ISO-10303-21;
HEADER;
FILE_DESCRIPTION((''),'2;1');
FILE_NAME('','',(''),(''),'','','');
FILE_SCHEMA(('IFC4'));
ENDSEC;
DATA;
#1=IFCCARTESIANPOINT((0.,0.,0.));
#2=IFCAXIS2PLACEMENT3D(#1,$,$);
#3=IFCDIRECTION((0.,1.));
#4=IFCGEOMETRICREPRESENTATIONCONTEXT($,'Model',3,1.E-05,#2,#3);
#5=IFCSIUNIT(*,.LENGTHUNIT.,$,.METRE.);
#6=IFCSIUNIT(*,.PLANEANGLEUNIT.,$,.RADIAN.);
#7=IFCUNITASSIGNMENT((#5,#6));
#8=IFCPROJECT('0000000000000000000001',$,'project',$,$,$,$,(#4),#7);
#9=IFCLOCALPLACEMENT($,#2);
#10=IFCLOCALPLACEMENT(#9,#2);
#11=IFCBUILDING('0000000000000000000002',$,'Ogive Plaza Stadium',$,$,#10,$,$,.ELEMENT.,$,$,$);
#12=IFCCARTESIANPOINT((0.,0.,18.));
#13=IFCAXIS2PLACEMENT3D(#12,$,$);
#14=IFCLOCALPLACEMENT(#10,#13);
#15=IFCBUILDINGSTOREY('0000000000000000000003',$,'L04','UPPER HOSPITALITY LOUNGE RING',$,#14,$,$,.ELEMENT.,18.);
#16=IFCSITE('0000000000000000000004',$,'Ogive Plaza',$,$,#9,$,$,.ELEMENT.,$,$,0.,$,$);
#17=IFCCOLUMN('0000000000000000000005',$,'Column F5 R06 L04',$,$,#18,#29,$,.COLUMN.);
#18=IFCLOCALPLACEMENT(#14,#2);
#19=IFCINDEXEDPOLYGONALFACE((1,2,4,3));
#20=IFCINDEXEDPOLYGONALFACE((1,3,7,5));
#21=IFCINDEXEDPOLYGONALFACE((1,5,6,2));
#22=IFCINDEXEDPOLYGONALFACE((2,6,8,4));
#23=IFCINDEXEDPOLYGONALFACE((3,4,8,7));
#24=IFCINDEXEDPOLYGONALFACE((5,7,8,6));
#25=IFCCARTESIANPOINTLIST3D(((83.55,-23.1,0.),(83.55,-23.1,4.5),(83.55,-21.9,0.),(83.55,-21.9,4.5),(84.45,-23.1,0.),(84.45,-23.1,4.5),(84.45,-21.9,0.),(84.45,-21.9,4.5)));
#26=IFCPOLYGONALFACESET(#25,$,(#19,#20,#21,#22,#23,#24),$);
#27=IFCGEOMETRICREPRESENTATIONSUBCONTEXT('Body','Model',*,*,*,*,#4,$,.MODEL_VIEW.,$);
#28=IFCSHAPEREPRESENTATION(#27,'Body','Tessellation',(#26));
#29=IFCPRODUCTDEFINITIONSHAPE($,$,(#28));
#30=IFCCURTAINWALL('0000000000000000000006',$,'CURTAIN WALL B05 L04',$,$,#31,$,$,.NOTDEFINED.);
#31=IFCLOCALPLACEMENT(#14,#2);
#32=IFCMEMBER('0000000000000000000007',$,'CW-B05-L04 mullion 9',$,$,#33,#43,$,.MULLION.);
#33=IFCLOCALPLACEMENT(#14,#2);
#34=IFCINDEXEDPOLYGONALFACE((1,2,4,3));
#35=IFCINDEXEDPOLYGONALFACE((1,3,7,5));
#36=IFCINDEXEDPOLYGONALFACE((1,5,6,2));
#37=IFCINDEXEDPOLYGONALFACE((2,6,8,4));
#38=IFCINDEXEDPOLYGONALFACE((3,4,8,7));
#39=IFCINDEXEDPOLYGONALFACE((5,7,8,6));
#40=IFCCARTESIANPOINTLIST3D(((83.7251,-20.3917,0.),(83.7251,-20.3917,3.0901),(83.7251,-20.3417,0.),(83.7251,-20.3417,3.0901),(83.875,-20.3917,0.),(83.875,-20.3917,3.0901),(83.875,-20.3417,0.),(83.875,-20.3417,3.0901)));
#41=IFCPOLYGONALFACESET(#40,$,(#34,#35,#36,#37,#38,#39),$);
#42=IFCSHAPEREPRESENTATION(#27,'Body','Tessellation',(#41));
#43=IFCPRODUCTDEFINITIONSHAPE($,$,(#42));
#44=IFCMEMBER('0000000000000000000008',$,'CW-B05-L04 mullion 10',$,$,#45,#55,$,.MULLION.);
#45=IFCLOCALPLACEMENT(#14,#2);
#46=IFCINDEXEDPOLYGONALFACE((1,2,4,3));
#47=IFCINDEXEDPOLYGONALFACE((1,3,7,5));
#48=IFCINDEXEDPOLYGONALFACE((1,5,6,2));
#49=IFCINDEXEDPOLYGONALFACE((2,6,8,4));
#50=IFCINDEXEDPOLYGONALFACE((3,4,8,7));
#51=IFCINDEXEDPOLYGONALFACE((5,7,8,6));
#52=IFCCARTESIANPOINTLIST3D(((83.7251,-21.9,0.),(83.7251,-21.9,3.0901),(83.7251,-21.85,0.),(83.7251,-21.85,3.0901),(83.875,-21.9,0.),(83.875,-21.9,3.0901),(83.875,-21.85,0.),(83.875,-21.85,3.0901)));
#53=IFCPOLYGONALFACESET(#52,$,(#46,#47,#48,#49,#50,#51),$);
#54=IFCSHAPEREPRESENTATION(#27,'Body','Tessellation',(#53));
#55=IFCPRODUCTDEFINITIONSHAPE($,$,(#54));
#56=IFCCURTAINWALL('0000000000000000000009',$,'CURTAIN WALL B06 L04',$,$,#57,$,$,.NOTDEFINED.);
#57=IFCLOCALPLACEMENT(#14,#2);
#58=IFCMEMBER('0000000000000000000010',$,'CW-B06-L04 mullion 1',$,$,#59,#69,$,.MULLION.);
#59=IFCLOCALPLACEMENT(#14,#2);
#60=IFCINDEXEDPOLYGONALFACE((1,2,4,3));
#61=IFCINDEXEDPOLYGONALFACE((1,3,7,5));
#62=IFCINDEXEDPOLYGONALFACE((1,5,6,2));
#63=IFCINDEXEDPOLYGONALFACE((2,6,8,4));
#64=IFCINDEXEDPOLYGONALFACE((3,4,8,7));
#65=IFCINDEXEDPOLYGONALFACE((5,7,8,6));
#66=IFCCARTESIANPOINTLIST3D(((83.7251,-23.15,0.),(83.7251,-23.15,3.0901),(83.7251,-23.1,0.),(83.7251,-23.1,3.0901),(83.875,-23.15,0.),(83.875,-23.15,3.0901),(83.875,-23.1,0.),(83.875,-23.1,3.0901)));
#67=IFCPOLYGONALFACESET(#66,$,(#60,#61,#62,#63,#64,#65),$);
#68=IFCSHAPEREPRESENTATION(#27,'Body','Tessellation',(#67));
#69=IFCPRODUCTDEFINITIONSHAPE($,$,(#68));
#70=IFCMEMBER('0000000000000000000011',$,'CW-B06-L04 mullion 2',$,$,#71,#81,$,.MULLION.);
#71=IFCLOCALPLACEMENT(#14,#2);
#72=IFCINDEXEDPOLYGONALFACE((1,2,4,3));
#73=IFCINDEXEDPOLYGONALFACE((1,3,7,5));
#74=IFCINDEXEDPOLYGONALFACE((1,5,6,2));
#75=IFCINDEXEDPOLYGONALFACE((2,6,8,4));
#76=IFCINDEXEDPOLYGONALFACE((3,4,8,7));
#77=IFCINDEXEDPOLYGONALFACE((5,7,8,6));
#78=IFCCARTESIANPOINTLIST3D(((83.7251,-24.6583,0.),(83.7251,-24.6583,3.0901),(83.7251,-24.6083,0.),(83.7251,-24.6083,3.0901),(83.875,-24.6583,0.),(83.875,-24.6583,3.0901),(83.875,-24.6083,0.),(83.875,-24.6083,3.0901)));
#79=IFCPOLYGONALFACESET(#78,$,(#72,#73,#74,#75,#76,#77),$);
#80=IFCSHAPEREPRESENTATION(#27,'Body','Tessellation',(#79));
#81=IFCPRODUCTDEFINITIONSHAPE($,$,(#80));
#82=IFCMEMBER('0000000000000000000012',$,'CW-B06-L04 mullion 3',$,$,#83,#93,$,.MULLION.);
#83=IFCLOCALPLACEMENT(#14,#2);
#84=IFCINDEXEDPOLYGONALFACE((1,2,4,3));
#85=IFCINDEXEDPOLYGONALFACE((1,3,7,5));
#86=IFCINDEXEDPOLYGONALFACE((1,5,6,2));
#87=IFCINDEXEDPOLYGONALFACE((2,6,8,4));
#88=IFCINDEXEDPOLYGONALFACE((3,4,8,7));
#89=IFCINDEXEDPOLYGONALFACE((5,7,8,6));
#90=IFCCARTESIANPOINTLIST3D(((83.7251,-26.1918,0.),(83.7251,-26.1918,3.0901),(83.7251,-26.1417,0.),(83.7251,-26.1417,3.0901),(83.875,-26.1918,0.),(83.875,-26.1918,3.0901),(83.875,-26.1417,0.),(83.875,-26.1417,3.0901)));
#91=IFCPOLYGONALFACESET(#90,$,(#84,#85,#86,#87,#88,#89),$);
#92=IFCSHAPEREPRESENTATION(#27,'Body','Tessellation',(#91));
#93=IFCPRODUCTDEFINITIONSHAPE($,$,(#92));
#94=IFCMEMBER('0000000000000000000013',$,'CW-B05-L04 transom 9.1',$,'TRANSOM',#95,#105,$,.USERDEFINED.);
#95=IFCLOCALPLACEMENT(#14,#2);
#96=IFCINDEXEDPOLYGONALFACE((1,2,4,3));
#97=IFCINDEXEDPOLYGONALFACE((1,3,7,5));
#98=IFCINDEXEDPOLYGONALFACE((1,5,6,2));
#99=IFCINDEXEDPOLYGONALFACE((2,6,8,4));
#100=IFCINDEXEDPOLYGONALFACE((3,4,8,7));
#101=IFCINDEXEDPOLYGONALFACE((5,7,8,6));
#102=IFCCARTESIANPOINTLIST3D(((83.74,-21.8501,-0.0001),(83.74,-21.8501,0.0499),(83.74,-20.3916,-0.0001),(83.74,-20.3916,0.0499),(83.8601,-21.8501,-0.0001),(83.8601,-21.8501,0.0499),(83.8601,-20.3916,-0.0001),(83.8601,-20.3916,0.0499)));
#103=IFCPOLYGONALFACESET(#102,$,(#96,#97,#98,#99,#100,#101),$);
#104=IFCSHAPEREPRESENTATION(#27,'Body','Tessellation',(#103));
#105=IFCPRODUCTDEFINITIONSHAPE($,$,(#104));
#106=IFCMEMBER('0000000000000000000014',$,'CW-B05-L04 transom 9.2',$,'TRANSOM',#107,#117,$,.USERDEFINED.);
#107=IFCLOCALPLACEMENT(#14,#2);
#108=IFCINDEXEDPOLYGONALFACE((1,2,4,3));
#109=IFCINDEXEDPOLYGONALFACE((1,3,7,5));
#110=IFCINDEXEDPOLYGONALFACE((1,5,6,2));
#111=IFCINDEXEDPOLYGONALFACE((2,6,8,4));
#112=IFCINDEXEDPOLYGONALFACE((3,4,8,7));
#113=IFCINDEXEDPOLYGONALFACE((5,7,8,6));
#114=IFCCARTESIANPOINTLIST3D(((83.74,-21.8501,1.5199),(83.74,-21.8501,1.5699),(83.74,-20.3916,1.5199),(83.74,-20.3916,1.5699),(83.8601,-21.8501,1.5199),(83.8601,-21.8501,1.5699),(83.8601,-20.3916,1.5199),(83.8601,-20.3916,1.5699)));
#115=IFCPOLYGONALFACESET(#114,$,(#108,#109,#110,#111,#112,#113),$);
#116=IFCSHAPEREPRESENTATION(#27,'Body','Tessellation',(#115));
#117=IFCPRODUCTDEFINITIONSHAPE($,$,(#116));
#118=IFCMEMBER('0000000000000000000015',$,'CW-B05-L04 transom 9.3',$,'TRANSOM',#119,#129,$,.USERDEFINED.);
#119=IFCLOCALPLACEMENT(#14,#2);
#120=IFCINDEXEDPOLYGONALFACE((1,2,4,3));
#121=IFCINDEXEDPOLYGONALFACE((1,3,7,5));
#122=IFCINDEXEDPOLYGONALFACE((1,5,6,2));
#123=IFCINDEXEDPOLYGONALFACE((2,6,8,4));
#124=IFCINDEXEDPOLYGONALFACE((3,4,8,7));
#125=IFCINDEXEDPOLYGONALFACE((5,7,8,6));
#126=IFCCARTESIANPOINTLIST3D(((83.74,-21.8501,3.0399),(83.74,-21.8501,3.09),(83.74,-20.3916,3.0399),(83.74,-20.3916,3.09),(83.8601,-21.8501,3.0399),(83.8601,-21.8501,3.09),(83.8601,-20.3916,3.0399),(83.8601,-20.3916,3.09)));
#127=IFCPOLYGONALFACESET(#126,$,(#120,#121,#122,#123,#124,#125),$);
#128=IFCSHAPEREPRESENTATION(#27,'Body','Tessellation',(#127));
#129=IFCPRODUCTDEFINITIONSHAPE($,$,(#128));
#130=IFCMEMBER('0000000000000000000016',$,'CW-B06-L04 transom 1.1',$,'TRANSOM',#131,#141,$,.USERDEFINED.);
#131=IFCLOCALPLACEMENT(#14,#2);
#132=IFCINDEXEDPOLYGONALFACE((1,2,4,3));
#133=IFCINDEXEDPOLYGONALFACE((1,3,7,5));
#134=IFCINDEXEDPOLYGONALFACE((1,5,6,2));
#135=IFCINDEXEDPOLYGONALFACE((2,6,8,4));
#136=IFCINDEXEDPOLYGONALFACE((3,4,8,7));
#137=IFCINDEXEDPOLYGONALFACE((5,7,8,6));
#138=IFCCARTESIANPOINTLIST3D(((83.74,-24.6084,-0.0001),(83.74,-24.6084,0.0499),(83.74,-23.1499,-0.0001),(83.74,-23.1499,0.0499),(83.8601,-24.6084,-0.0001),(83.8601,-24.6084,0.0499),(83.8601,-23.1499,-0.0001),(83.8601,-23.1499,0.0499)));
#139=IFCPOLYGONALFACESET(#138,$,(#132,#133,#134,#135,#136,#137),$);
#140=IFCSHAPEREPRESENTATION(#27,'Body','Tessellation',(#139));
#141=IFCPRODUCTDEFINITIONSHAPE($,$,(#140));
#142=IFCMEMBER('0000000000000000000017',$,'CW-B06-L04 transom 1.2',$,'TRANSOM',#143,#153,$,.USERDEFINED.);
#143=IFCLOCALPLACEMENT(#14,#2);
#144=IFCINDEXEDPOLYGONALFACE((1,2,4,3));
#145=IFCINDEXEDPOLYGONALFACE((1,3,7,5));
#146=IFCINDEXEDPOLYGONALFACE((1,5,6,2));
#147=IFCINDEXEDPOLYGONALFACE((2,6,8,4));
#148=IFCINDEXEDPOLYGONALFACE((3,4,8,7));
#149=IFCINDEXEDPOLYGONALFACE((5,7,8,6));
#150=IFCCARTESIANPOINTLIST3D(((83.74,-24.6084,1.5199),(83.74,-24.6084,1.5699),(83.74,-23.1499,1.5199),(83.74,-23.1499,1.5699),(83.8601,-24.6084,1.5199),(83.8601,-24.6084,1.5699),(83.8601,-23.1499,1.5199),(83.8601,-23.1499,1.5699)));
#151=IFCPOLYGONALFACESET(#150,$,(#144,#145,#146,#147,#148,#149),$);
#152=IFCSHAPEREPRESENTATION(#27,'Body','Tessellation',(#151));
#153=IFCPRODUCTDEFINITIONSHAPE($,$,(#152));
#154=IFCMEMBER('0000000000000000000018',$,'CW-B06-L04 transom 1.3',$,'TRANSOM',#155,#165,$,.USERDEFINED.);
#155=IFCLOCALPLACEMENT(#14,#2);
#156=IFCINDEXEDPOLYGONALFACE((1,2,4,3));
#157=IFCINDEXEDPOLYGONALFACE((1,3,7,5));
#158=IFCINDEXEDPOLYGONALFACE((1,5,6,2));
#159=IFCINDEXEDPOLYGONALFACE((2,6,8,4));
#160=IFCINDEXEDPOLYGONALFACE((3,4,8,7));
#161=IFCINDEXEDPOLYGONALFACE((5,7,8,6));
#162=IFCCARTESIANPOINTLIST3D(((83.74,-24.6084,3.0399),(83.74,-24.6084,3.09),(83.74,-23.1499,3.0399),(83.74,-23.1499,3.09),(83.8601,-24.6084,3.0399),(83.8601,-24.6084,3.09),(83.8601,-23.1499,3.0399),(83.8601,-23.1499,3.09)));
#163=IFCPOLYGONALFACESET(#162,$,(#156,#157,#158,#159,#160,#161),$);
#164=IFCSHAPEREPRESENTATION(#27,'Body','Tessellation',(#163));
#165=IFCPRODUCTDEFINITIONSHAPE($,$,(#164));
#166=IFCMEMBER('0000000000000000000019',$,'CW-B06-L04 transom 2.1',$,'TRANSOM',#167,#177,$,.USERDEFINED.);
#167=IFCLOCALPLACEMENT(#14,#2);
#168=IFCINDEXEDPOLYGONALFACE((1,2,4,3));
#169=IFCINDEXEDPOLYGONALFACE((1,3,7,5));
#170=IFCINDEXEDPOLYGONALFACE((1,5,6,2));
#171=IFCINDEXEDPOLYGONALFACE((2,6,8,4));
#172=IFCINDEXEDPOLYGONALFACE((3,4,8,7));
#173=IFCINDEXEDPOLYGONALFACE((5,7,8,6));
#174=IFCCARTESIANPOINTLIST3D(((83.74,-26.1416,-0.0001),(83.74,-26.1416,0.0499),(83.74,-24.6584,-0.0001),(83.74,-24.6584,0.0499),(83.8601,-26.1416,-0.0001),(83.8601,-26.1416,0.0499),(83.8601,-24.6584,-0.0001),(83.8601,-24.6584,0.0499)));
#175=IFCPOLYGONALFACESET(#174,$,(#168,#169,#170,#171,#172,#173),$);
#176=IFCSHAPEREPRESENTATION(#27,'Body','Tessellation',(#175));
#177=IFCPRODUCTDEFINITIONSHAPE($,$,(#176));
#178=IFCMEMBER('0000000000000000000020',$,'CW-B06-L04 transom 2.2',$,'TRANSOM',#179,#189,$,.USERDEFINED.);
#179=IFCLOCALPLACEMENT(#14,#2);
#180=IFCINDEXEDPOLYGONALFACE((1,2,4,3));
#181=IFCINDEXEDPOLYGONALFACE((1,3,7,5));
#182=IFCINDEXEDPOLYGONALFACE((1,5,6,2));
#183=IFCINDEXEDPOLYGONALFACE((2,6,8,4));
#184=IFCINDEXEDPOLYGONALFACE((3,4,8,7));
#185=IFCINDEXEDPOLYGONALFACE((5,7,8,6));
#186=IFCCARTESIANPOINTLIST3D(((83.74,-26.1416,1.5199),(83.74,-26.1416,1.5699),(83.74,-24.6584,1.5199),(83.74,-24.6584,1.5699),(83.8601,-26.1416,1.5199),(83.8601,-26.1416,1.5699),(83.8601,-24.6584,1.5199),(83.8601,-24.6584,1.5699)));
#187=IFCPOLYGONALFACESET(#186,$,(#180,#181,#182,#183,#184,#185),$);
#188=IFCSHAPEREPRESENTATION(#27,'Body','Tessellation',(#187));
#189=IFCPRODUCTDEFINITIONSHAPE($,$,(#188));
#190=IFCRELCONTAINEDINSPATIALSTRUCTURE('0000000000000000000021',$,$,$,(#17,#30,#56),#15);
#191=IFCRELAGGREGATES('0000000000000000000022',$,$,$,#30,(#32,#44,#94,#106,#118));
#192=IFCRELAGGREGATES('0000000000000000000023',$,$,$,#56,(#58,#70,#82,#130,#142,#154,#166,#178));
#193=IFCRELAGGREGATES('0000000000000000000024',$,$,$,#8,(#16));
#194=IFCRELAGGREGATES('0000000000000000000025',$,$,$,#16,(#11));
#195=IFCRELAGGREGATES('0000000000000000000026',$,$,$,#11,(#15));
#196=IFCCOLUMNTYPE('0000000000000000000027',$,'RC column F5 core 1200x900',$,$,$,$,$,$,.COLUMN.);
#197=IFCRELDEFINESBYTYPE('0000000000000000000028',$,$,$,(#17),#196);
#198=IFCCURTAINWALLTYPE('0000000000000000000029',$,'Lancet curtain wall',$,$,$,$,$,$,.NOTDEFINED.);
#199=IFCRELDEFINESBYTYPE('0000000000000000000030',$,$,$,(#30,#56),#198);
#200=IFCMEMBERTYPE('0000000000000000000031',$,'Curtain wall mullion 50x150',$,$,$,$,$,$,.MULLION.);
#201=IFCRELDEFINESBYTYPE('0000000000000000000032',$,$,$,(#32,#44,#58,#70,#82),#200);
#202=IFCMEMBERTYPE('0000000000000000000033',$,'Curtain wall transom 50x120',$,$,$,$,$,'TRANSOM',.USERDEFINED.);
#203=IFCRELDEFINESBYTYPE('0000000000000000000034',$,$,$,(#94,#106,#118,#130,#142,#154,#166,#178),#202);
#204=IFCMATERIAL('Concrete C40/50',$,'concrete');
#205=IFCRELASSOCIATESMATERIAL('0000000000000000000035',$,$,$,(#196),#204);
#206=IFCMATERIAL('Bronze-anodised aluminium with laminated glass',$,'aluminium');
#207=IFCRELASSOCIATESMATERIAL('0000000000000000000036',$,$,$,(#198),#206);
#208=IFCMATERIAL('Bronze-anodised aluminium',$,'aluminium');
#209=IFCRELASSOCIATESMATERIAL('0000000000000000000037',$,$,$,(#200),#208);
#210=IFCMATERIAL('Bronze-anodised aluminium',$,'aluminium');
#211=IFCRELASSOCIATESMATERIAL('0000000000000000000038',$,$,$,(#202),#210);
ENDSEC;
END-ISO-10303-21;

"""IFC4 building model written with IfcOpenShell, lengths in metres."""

from ifc_helpers import new_model, si_unit, direction, frame, origin, origin_2d, place, context, subcontext, project, spatial, rectangle, extrude, material, material_profile, profile_set, type_object, element, aggregate, save


model = new_model("IFC4")

# Units and contexts
model_context = context("Model", 3, precision=1e-05, world=origin(), true_north=direction((0.0, 1.0)))
body_context = subcontext(model_context, "Body", "Model", "MODEL_VIEW")
ifc_project = project(units=[si_unit("LENGTHUNIT", "METRE"), si_unit("PLANEANGLEUNIT", "RADIAN")], contexts=[model_context])

# Site, building, storey
site_placement = place(None, origin())
site = spatial("IfcSite", under=ifc_project, at=site_placement, Name="Ogive Plaza", CompositionType="ELEMENT", RefElevation=0.0)
building_placement = place(site_placement, origin())
building = spatial("IfcBuilding", under=site, at=building_placement, Name="Ogive Plaza Stadium", CompositionType="ELEMENT")
storey_placement = place(building_placement, frame((0.0, 0.0, 18.0)))
storey = spatial("IfcBuildingStorey", under=building, at=storey_placement, Name="L04", Description="UPPER HOSPITALITY LOUNGE RING", CompositionType="ELEMENT", Elevation=18.0)

# Column
ifc_material_1 = material(Name="Concrete C40/50", Category="concrete")
ifc_material_profile_1 = material_profile(ifc_material_1, rectangle(XDim=1.2, YDim=0.8999, at=origin_2d()), Name="RC 1200x900")
ifc_profile_set_1 = profile_set([ifc_material_profile_1], Name="Concrete C40/50")
column_type = type_object("IfcColumnType", Name="RC column F5 core 1200x900", PredefinedType="COLUMN", material=ifc_profile_set_1)
column_placement = place(storey_placement, frame((84.0, -22.5, 0.0), z_axis=(0.0, 0.0, 1.0), x_axis=(0.0, 1.0, 0.0)))
element("IfcColumn", 1, at=column_placement, inside=storey, type_object=column_type, Name="Column F5 R06 L04", PredefinedType="COLUMN", context=body_context, shape_type="SweptSolid", body=[
    extrude(rectangle(XDim=1.2, YDim=0.8999, at=origin_2d()), origin(), (0.0, 0.0, 1.0), 4.5),
])

# Curtain walls, members
ifc_material_2 = material(Name="Bronze-anodised aluminium with laminated glass", Category="aluminium")
curtain_wall_type = type_object("IfcCurtainWallType", Name="Lancet curtain wall", PredefinedType="NOTDEFINED", material=ifc_material_2)
curtain_wall_1_placement = place(storey_placement, origin())
curtain_wall_1 = element("IfcCurtainWall", 2, at=curtain_wall_1_placement, inside=storey, type_object=curtain_wall_type, Name="CURTAIN WALL B05 L04", PredefinedType="NOTDEFINED")
ifc_material_3 = material(Name="Bronze-anodised aluminium", Category="aluminium")
ifc_material_profile_2 = material_profile(ifc_material_3, rectangle(XDim=0.1499, YDim=0.05, at=origin_2d()), Name="AL 150x50")
ifc_profile_set_2 = profile_set([ifc_material_profile_2], Name="Bronze-anodised aluminium")
member_type_1 = type_object("IfcMemberType", Name="Curtain wall mullion 50x150", PredefinedType="MULLION", material=ifc_profile_set_2)
member_1_placement = place(storey_placement, frame((83.8, -20.3667, 0.0), z_axis=(0.0, 0.0, 1.0), x_axis=(1.0, 0.0, 0.0)))
member_1 = element("IfcMember", 3, at=member_1_placement, type_object=member_type_1, Name="CW-B05-L04 mullion 9", PredefinedType="MULLION", context=body_context, shape_type="SweptSolid", body=[
    extrude(rectangle(XDim=0.1499, YDim=0.05, at=origin_2d()), origin(), (0.0, 0.0, 1.0), 3.0901),
])
member_2_placement = place(storey_placement, frame((83.8, -21.875, 0.0), z_axis=(0.0, 0.0, 1.0), x_axis=(1.0, 0.0, 0.0)))
member_2 = element("IfcMember", 4, at=member_2_placement, type_object=member_type_1, Name="CW-B05-L04 mullion 10", PredefinedType="MULLION", context=body_context, shape_type="SweptSolid", body=[
    extrude(rectangle(XDim=0.1499, YDim=0.05, at=origin_2d()), origin(), (0.0, 0.0, 1.0), 3.0901),
])
curtain_wall_2_placement = place(storey_placement, origin())
curtain_wall_2 = element("IfcCurtainWall", 5, at=curtain_wall_2_placement, inside=storey, type_object=curtain_wall_type, Name="CURTAIN WALL B06 L04", PredefinedType="NOTDEFINED")
member_3_placement = place(storey_placement, frame((83.8, -23.125, 0.0), z_axis=(0.0, 0.0, 1.0), x_axis=(1.0, 0.0, 0.0)))
member_3 = element("IfcMember", 6, at=member_3_placement, type_object=member_type_1, Name="CW-B06-L04 mullion 1", PredefinedType="MULLION", context=body_context, shape_type="SweptSolid", body=[
    extrude(rectangle(XDim=0.1499, YDim=0.05, at=origin_2d()), origin(), (0.0, 0.0, 1.0), 3.0901),
])
member_4_placement = place(storey_placement, frame((83.8, -24.6333, 0.0), z_axis=(0.0, 0.0, 1.0), x_axis=(1.0, 0.0, 0.0)))
member_4 = element("IfcMember", 7, at=member_4_placement, type_object=member_type_1, Name="CW-B06-L04 mullion 2", PredefinedType="MULLION", context=body_context, shape_type="SweptSolid", body=[
    extrude(rectangle(XDim=0.1499, YDim=0.05, at=origin_2d()), origin(), (0.0, 0.0, 1.0), 3.0901),
])
member_5_placement = place(storey_placement, frame((83.8, -26.1667, 0.0), z_axis=(0.0, 0.0, 1.0), x_axis=(1.0, 0.0, 0.0)))
member_5 = element("IfcMember", 8, at=member_5_placement, type_object=member_type_1, Name="CW-B06-L04 mullion 3", PredefinedType="MULLION", context=body_context, shape_type="SweptSolid", body=[
    extrude(rectangle(XDim=0.1499, YDim=0.05, at=origin_2d()), origin(), (0.0, 0.0, 1.0), 3.0901),
])

# Members
ifc_material_4 = material(Name="Bronze-anodised aluminium", Category="aluminium")
ifc_material_profile_3 = material_profile(ifc_material_4, rectangle(XDim=0.1201, YDim=0.05, at=origin_2d()), Name="AL 120x50")
ifc_profile_set_3 = profile_set([ifc_material_profile_3], Name="Bronze-anodised aluminium")
member_type_2 = type_object("IfcMemberType", Name="Curtain wall transom 50x120", ElementType="TRANSOM", PredefinedType="USERDEFINED", material=ifc_profile_set_3)
member_6_placement = place(storey_placement, frame((83.8, -20.3916, 0.0249), z_axis=(0.0, -1.0, 0.0), x_axis=(1.0, 0.0, 0.0)))
member_6 = element("IfcMember", 9, at=member_6_placement, type_object=member_type_2, Name="CW-B05-L04 transom 9.1", ObjectType="TRANSOM", PredefinedType="USERDEFINED", context=body_context, shape_type="SweptSolid", body=[
    extrude(rectangle(XDim=0.1201, YDim=0.05, at=origin_2d()), origin(), (0.0, 0.0, 1.0), 1.4585),
])
member_7_placement = place(storey_placement, frame((83.8, -20.3916, 1.5449), z_axis=(0.0, -1.0, 0.0), x_axis=(1.0, 0.0, 0.0)))
member_7 = element("IfcMember", 10, at=member_7_placement, type_object=member_type_2, Name="CW-B05-L04 transom 9.2", ObjectType="TRANSOM", PredefinedType="USERDEFINED", context=body_context, shape_type="SweptSolid", body=[
    extrude(rectangle(XDim=0.1201, YDim=0.05, at=origin_2d()), origin(), (0.0, 0.0, 1.0), 1.4585),
])
member_8_placement = place(storey_placement, frame((83.8, -20.3916, 3.0649), z_axis=(0.0, -1.0, 0.0), x_axis=(1.0, 0.0, 0.0)))
member_8 = element("IfcMember", 11, at=member_8_placement, type_object=member_type_2, Name="CW-B05-L04 transom 9.3", ObjectType="TRANSOM", PredefinedType="USERDEFINED", context=body_context, shape_type="SweptSolid", body=[
    extrude(rectangle(XDim=0.1201, YDim=0.05, at=origin_2d()), origin(), (0.0, 0.0, 1.0), 1.4585),
])
member_9_placement = place(storey_placement, frame((83.8, -23.1499, 0.0249), z_axis=(0.0, -1.0, 0.0), x_axis=(1.0, 0.0, 0.0)))
member_9 = element("IfcMember", 12, at=member_9_placement, type_object=member_type_2, Name="CW-B06-L04 transom 1.1", ObjectType="TRANSOM", PredefinedType="USERDEFINED", context=body_context, shape_type="SweptSolid", body=[
    extrude(rectangle(XDim=0.1201, YDim=0.05, at=origin_2d()), origin(), (0.0, 0.0, 1.0), 1.4585),
])
member_10_placement = place(storey_placement, frame((83.8, -23.1499, 1.5449), z_axis=(0.0, -1.0, 0.0), x_axis=(1.0, 0.0, 0.0)))
member_10 = element("IfcMember", 13, at=member_10_placement, type_object=member_type_2, Name="CW-B06-L04 transom 1.2", ObjectType="TRANSOM", PredefinedType="USERDEFINED", context=body_context, shape_type="SweptSolid", body=[
    extrude(rectangle(XDim=0.1201, YDim=0.05, at=origin_2d()), origin(), (0.0, 0.0, 1.0), 1.4585),
])
member_11_placement = place(storey_placement, frame((83.8, -23.1499, 3.0649), z_axis=(0.0, -1.0, 0.0), x_axis=(1.0, 0.0, 0.0)))
member_11 = element("IfcMember", 14, at=member_11_placement, type_object=member_type_2, Name="CW-B06-L04 transom 1.3", ObjectType="TRANSOM", PredefinedType="USERDEFINED", context=body_context, shape_type="SweptSolid", body=[
    extrude(rectangle(XDim=0.1201, YDim=0.05, at=origin_2d()), origin(), (0.0, 0.0, 1.0), 1.4585),
])
member_12_placement = place(storey_placement, frame((83.8, -24.6584, 0.0249), z_axis=(0.0, -1.0, 0.0), x_axis=(1.0, 0.0, 0.0)))
member_12 = element("IfcMember", 15, at=member_12_placement, type_object=member_type_2, Name="CW-B06-L04 transom 2.1", ObjectType="TRANSOM", PredefinedType="USERDEFINED", context=body_context, shape_type="SweptSolid", body=[
    extrude(rectangle(XDim=0.1201, YDim=0.05, at=origin_2d()), origin(), (0.0, 0.0, 1.0), 1.4832),
])
member_13_placement = place(storey_placement, frame((83.8, -24.6584, 1.5449), z_axis=(0.0, -1.0, 0.0), x_axis=(1.0, 0.0, 0.0)))
member_13 = element("IfcMember", 16, at=member_13_placement, type_object=member_type_2, Name="CW-B06-L04 transom 2.2", ObjectType="TRANSOM", PredefinedType="USERDEFINED", context=body_context, shape_type="SweptSolid", body=[
    extrude(rectangle(XDim=0.1201, YDim=0.05, at=origin_2d()), origin(), (0.0, 0.0, 1.0), 1.4832),
])

aggregate(curtain_wall_1, [member_1, member_2, member_6, member_7, member_8])
aggregate(curtain_wall_2, [member_3, member_4, member_5, member_9, member_10, member_11, member_12, member_13])

save(model, "model.ifc")
